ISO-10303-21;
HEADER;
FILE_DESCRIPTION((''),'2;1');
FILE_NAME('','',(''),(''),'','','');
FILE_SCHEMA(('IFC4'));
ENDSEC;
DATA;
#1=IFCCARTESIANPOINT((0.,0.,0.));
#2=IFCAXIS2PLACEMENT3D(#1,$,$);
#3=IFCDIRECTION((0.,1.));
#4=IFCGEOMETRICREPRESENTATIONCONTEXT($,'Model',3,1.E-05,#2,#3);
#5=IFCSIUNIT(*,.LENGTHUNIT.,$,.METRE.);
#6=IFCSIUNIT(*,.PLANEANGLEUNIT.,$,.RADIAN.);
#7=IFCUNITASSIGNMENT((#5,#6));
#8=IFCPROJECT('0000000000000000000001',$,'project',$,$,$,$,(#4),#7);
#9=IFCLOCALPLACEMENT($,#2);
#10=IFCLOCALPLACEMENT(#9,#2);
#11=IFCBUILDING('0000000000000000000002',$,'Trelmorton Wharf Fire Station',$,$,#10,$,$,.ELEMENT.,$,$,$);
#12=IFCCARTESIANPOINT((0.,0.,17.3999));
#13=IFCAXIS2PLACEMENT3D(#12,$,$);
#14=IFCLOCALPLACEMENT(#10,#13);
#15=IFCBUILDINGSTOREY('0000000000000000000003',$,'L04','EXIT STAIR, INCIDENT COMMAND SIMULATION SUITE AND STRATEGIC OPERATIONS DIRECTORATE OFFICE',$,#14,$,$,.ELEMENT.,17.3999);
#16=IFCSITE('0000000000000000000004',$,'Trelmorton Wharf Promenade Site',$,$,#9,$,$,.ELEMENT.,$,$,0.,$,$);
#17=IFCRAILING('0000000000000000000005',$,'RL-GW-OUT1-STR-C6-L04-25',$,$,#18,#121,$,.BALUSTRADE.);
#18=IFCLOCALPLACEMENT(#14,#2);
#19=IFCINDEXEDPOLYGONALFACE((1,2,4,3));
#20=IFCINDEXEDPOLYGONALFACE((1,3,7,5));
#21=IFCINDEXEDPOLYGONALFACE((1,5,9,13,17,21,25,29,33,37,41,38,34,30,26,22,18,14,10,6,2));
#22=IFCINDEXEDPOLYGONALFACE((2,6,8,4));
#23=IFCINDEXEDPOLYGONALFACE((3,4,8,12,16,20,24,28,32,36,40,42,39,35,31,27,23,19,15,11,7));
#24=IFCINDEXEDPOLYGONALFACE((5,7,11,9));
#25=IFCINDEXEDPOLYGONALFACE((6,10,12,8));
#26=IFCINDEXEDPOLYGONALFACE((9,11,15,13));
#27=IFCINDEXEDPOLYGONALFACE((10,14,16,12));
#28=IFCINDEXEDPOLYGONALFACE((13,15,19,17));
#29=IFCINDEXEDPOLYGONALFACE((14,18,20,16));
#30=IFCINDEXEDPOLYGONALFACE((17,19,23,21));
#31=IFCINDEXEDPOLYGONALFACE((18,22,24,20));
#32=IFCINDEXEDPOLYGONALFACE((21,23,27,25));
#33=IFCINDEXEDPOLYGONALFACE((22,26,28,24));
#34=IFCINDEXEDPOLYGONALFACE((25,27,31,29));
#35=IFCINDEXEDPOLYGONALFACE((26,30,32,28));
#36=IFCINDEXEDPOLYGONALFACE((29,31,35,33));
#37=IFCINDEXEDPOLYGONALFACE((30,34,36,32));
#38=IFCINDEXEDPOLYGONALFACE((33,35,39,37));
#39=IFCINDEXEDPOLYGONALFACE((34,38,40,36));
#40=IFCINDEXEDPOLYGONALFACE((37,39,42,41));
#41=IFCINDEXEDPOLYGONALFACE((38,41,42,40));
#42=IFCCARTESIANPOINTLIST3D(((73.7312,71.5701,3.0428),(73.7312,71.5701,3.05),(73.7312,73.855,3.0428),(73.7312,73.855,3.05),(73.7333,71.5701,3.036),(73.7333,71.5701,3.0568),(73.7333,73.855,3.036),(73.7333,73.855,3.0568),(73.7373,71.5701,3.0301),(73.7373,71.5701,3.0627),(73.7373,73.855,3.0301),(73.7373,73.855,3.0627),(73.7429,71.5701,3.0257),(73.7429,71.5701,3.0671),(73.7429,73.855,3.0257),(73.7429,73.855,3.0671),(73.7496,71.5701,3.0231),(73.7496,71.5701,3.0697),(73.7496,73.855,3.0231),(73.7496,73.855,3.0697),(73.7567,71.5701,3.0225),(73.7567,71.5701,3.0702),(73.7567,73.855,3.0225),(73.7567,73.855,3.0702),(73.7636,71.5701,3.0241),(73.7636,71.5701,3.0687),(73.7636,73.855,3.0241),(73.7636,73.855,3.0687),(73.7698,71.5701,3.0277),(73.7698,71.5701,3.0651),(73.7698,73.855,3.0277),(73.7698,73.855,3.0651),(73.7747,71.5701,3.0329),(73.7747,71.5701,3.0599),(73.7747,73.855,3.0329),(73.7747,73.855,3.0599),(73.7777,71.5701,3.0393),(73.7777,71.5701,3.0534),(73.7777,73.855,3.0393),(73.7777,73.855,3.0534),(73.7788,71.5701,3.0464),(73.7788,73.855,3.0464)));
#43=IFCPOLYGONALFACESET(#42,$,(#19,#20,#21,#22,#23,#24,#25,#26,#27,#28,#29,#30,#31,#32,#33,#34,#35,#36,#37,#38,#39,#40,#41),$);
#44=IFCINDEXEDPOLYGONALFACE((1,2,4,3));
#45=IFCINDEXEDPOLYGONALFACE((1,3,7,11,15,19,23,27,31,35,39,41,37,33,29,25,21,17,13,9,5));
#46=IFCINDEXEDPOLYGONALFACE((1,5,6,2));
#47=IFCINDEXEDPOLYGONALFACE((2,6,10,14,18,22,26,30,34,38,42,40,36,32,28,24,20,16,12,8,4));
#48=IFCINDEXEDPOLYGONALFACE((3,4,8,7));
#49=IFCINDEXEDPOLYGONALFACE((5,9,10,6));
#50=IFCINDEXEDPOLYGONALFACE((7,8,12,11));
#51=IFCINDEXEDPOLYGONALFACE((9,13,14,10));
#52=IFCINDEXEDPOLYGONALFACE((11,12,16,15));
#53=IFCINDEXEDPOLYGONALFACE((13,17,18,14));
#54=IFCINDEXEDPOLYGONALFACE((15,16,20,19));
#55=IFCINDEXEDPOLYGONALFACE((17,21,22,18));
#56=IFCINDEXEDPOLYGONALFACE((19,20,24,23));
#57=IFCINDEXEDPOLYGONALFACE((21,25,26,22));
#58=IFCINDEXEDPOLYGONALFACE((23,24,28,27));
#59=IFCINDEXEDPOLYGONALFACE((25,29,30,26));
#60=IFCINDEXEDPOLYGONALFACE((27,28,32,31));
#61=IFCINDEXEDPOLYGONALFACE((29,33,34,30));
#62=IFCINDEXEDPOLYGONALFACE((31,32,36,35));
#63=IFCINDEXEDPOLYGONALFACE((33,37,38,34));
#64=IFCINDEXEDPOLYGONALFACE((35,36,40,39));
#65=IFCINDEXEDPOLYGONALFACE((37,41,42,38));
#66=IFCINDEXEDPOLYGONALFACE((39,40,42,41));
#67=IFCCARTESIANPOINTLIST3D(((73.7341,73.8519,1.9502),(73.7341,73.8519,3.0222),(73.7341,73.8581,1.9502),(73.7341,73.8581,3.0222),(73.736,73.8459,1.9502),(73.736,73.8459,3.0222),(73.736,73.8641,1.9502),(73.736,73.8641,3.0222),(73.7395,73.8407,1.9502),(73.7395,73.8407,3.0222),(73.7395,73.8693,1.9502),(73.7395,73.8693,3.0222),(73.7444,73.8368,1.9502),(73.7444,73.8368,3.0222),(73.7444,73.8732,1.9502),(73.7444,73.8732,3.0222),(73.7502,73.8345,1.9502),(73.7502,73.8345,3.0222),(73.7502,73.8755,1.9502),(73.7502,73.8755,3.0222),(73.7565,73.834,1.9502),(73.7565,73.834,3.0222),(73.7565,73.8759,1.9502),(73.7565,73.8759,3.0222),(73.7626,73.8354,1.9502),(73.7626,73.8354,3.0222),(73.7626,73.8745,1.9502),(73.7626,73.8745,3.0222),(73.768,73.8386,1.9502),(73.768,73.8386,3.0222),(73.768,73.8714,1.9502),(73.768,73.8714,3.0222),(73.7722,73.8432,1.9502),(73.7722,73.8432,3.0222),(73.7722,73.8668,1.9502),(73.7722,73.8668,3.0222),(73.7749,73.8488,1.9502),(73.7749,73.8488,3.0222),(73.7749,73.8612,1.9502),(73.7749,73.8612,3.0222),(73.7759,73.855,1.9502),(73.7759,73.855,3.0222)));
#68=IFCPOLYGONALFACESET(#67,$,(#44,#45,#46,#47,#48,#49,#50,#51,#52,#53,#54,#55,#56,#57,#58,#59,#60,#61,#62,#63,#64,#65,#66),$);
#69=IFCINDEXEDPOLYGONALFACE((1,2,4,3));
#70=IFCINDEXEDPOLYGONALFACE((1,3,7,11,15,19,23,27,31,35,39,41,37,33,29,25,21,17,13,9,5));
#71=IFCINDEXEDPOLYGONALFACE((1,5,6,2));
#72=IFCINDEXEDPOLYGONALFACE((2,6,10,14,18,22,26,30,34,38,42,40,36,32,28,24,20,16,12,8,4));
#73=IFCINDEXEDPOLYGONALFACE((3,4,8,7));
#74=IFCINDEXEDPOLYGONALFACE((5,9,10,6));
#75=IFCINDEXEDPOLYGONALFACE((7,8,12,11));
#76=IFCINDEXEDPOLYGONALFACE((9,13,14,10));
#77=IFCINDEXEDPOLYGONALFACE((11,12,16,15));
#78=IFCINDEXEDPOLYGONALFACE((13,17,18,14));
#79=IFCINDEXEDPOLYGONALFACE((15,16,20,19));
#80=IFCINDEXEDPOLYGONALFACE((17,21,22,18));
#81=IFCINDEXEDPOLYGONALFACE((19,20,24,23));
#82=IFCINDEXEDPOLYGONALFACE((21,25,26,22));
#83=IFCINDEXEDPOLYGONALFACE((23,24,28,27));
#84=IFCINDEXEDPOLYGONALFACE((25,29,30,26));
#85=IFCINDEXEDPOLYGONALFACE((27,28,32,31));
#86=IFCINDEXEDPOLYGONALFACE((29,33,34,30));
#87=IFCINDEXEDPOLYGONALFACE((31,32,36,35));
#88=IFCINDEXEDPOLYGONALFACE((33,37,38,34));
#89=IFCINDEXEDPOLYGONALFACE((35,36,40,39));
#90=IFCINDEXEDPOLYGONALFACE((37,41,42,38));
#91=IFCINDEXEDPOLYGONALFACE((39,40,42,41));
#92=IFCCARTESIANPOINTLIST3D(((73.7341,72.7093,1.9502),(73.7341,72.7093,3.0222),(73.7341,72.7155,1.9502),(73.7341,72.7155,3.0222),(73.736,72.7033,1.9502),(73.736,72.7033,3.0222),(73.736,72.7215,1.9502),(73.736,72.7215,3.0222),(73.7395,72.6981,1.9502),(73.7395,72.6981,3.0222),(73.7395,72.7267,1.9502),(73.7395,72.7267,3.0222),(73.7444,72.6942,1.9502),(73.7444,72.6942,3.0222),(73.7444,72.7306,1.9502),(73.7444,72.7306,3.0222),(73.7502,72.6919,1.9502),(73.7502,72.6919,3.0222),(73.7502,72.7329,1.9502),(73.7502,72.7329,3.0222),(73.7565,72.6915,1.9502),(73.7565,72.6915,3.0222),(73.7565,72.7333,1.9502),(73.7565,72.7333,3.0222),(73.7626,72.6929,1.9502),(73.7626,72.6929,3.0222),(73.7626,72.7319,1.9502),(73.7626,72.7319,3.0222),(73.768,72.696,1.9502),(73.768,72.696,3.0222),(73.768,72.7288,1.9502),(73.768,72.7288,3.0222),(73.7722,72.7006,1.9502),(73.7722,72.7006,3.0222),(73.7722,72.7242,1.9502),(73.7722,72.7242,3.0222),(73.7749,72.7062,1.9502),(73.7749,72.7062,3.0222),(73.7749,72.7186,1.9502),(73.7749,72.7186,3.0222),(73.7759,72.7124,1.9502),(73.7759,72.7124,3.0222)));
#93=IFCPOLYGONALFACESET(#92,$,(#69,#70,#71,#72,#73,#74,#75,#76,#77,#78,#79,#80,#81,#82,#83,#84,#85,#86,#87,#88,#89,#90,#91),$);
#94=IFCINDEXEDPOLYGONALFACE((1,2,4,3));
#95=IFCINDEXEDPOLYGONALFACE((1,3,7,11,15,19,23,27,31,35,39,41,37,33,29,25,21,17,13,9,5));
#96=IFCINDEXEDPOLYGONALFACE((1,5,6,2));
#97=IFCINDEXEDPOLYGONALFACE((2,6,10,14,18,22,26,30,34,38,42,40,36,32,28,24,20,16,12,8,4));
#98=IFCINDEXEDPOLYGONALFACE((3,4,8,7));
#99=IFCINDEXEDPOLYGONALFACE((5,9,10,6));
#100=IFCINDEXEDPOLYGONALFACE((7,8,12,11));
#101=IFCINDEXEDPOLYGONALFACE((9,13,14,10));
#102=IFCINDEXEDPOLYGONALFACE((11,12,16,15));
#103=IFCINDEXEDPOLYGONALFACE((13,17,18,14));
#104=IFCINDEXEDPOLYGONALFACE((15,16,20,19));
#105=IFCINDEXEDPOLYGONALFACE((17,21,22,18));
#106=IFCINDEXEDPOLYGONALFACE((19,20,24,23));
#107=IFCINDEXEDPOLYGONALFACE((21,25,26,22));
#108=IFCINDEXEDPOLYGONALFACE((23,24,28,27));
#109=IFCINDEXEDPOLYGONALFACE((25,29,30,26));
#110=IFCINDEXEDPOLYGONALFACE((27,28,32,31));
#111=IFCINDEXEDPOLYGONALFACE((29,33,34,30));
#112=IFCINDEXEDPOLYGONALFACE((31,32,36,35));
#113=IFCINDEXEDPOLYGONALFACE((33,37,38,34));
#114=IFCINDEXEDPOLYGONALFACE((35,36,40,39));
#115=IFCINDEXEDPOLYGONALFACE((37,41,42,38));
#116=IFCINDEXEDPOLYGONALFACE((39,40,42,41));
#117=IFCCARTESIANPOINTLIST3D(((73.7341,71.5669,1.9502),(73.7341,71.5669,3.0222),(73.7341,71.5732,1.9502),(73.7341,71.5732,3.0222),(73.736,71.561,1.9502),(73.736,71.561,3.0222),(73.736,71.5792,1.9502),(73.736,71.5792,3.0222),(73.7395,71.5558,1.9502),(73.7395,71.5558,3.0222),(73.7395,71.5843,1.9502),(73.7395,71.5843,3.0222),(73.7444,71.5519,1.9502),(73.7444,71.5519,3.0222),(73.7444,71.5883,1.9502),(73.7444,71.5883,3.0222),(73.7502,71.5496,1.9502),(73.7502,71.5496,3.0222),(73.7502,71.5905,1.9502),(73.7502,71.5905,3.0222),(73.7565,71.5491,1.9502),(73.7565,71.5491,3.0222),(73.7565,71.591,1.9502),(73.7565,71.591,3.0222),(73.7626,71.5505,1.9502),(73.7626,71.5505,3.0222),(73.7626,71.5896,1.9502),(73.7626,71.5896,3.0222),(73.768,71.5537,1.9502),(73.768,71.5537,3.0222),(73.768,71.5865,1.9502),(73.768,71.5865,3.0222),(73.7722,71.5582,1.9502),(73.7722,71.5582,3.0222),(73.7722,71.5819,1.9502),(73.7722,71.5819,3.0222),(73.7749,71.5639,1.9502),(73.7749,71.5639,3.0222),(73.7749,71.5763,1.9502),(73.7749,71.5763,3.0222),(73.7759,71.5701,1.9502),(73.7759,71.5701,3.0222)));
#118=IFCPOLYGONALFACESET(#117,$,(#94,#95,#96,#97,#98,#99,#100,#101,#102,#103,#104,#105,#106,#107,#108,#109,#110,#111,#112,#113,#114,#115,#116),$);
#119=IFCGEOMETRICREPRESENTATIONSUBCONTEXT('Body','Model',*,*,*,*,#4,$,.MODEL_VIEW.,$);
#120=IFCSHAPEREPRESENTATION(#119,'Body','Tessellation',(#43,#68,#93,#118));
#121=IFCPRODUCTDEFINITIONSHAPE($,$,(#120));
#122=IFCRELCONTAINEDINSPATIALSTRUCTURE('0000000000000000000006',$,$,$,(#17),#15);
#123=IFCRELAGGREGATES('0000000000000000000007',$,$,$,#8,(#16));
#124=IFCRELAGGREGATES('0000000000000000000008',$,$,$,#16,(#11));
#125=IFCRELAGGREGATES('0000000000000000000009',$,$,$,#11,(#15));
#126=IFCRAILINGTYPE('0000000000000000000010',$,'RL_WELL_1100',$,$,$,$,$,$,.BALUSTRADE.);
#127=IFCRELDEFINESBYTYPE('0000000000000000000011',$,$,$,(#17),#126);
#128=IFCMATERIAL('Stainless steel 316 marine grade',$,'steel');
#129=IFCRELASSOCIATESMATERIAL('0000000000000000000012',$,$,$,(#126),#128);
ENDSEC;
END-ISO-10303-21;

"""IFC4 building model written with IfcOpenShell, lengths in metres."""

from ifc_helpers import new_model, si_unit, direction, frame, origin, origin_2d, place, context, subcontext, project, spatial, circle, extrude, material, type_object, element, save


model = new_model("IFC4")

# Units and contexts
model_context = context("Model", 3, precision=1e-05, world=origin(), true_north=direction((0.0, 1.0)))
body_context = subcontext(model_context, "Body", "Model", "MODEL_VIEW")
ifc_project = project(units=[si_unit("LENGTHUNIT", "METRE"), si_unit("PLANEANGLEUNIT", "RADIAN")], contexts=[model_context])

# Site, building, storey
site_placement = place(None, origin())
site = spatial("IfcSite", under=ifc_project, at=site_placement, Name="Trelmorton Wharf Promenade Site", CompositionType="ELEMENT", RefElevation=0.0)
building_placement = place(site_placement, origin())
building = spatial("IfcBuilding", under=site, at=building_placement, Name="Trelmorton Wharf Fire Station", CompositionType="ELEMENT")
storey_placement = place(building_placement, frame((0.0, 0.0, 17.3999)))
storey = spatial("IfcBuildingStorey", under=building, at=storey_placement, Name="L04", Description="EXIT STAIR, INCIDENT COMMAND SIMULATION SUITE AND STRATEGIC OPERATIONS DIRECTORATE OFFICE", CompositionType="ELEMENT", Elevation=17.3999)

# Shared definitions
ifc_material_1 = material(Name="Stainless steel 316 marine grade", Category="steel")

# Railing
railing_type_1 = type_object("IfcRailingType", Name="RL_WELL_1100", PredefinedType="BALUSTRADE", material=ifc_material_1)
railing_1_placement = place(storey_placement, frame((73.7549, 73.855, 1.9502)))
element("IfcRailing", 1, at=railing_1_placement, inside=storey, type_object=railing_type_1, Name="RL-GW-OUT1-STR-C6-L04-25", PredefinedType="BALUSTRADE", context=body_context, shape_type="SweptSolid", body=[
    extrude(circle(Radius=0.0239, at=origin_2d()), frame((0.0, 0.0, 1.0962), z_axis=(0.0, -1.0, 0.0), x_axis=(1.0, 0.0, 0.0)), (0.0, 0.0, 1.0), 2.2849),
    extrude(circle(Radius=0.021, at=origin_2d()), origin(), (0.0, 0.0, 1.0), 1.072),
    extrude(circle(Radius=0.021, at=origin_2d()), frame((0.0, -1.1426, 0.0)), (0.0, 0.0, 1.0), 1.072),
    extrude(circle(Radius=0.021, at=origin_2d()), frame((0.0, -2.2849, 0.0)), (0.0, 0.0, 1.0), 1.072),
])

save(model, "model.ifc")
